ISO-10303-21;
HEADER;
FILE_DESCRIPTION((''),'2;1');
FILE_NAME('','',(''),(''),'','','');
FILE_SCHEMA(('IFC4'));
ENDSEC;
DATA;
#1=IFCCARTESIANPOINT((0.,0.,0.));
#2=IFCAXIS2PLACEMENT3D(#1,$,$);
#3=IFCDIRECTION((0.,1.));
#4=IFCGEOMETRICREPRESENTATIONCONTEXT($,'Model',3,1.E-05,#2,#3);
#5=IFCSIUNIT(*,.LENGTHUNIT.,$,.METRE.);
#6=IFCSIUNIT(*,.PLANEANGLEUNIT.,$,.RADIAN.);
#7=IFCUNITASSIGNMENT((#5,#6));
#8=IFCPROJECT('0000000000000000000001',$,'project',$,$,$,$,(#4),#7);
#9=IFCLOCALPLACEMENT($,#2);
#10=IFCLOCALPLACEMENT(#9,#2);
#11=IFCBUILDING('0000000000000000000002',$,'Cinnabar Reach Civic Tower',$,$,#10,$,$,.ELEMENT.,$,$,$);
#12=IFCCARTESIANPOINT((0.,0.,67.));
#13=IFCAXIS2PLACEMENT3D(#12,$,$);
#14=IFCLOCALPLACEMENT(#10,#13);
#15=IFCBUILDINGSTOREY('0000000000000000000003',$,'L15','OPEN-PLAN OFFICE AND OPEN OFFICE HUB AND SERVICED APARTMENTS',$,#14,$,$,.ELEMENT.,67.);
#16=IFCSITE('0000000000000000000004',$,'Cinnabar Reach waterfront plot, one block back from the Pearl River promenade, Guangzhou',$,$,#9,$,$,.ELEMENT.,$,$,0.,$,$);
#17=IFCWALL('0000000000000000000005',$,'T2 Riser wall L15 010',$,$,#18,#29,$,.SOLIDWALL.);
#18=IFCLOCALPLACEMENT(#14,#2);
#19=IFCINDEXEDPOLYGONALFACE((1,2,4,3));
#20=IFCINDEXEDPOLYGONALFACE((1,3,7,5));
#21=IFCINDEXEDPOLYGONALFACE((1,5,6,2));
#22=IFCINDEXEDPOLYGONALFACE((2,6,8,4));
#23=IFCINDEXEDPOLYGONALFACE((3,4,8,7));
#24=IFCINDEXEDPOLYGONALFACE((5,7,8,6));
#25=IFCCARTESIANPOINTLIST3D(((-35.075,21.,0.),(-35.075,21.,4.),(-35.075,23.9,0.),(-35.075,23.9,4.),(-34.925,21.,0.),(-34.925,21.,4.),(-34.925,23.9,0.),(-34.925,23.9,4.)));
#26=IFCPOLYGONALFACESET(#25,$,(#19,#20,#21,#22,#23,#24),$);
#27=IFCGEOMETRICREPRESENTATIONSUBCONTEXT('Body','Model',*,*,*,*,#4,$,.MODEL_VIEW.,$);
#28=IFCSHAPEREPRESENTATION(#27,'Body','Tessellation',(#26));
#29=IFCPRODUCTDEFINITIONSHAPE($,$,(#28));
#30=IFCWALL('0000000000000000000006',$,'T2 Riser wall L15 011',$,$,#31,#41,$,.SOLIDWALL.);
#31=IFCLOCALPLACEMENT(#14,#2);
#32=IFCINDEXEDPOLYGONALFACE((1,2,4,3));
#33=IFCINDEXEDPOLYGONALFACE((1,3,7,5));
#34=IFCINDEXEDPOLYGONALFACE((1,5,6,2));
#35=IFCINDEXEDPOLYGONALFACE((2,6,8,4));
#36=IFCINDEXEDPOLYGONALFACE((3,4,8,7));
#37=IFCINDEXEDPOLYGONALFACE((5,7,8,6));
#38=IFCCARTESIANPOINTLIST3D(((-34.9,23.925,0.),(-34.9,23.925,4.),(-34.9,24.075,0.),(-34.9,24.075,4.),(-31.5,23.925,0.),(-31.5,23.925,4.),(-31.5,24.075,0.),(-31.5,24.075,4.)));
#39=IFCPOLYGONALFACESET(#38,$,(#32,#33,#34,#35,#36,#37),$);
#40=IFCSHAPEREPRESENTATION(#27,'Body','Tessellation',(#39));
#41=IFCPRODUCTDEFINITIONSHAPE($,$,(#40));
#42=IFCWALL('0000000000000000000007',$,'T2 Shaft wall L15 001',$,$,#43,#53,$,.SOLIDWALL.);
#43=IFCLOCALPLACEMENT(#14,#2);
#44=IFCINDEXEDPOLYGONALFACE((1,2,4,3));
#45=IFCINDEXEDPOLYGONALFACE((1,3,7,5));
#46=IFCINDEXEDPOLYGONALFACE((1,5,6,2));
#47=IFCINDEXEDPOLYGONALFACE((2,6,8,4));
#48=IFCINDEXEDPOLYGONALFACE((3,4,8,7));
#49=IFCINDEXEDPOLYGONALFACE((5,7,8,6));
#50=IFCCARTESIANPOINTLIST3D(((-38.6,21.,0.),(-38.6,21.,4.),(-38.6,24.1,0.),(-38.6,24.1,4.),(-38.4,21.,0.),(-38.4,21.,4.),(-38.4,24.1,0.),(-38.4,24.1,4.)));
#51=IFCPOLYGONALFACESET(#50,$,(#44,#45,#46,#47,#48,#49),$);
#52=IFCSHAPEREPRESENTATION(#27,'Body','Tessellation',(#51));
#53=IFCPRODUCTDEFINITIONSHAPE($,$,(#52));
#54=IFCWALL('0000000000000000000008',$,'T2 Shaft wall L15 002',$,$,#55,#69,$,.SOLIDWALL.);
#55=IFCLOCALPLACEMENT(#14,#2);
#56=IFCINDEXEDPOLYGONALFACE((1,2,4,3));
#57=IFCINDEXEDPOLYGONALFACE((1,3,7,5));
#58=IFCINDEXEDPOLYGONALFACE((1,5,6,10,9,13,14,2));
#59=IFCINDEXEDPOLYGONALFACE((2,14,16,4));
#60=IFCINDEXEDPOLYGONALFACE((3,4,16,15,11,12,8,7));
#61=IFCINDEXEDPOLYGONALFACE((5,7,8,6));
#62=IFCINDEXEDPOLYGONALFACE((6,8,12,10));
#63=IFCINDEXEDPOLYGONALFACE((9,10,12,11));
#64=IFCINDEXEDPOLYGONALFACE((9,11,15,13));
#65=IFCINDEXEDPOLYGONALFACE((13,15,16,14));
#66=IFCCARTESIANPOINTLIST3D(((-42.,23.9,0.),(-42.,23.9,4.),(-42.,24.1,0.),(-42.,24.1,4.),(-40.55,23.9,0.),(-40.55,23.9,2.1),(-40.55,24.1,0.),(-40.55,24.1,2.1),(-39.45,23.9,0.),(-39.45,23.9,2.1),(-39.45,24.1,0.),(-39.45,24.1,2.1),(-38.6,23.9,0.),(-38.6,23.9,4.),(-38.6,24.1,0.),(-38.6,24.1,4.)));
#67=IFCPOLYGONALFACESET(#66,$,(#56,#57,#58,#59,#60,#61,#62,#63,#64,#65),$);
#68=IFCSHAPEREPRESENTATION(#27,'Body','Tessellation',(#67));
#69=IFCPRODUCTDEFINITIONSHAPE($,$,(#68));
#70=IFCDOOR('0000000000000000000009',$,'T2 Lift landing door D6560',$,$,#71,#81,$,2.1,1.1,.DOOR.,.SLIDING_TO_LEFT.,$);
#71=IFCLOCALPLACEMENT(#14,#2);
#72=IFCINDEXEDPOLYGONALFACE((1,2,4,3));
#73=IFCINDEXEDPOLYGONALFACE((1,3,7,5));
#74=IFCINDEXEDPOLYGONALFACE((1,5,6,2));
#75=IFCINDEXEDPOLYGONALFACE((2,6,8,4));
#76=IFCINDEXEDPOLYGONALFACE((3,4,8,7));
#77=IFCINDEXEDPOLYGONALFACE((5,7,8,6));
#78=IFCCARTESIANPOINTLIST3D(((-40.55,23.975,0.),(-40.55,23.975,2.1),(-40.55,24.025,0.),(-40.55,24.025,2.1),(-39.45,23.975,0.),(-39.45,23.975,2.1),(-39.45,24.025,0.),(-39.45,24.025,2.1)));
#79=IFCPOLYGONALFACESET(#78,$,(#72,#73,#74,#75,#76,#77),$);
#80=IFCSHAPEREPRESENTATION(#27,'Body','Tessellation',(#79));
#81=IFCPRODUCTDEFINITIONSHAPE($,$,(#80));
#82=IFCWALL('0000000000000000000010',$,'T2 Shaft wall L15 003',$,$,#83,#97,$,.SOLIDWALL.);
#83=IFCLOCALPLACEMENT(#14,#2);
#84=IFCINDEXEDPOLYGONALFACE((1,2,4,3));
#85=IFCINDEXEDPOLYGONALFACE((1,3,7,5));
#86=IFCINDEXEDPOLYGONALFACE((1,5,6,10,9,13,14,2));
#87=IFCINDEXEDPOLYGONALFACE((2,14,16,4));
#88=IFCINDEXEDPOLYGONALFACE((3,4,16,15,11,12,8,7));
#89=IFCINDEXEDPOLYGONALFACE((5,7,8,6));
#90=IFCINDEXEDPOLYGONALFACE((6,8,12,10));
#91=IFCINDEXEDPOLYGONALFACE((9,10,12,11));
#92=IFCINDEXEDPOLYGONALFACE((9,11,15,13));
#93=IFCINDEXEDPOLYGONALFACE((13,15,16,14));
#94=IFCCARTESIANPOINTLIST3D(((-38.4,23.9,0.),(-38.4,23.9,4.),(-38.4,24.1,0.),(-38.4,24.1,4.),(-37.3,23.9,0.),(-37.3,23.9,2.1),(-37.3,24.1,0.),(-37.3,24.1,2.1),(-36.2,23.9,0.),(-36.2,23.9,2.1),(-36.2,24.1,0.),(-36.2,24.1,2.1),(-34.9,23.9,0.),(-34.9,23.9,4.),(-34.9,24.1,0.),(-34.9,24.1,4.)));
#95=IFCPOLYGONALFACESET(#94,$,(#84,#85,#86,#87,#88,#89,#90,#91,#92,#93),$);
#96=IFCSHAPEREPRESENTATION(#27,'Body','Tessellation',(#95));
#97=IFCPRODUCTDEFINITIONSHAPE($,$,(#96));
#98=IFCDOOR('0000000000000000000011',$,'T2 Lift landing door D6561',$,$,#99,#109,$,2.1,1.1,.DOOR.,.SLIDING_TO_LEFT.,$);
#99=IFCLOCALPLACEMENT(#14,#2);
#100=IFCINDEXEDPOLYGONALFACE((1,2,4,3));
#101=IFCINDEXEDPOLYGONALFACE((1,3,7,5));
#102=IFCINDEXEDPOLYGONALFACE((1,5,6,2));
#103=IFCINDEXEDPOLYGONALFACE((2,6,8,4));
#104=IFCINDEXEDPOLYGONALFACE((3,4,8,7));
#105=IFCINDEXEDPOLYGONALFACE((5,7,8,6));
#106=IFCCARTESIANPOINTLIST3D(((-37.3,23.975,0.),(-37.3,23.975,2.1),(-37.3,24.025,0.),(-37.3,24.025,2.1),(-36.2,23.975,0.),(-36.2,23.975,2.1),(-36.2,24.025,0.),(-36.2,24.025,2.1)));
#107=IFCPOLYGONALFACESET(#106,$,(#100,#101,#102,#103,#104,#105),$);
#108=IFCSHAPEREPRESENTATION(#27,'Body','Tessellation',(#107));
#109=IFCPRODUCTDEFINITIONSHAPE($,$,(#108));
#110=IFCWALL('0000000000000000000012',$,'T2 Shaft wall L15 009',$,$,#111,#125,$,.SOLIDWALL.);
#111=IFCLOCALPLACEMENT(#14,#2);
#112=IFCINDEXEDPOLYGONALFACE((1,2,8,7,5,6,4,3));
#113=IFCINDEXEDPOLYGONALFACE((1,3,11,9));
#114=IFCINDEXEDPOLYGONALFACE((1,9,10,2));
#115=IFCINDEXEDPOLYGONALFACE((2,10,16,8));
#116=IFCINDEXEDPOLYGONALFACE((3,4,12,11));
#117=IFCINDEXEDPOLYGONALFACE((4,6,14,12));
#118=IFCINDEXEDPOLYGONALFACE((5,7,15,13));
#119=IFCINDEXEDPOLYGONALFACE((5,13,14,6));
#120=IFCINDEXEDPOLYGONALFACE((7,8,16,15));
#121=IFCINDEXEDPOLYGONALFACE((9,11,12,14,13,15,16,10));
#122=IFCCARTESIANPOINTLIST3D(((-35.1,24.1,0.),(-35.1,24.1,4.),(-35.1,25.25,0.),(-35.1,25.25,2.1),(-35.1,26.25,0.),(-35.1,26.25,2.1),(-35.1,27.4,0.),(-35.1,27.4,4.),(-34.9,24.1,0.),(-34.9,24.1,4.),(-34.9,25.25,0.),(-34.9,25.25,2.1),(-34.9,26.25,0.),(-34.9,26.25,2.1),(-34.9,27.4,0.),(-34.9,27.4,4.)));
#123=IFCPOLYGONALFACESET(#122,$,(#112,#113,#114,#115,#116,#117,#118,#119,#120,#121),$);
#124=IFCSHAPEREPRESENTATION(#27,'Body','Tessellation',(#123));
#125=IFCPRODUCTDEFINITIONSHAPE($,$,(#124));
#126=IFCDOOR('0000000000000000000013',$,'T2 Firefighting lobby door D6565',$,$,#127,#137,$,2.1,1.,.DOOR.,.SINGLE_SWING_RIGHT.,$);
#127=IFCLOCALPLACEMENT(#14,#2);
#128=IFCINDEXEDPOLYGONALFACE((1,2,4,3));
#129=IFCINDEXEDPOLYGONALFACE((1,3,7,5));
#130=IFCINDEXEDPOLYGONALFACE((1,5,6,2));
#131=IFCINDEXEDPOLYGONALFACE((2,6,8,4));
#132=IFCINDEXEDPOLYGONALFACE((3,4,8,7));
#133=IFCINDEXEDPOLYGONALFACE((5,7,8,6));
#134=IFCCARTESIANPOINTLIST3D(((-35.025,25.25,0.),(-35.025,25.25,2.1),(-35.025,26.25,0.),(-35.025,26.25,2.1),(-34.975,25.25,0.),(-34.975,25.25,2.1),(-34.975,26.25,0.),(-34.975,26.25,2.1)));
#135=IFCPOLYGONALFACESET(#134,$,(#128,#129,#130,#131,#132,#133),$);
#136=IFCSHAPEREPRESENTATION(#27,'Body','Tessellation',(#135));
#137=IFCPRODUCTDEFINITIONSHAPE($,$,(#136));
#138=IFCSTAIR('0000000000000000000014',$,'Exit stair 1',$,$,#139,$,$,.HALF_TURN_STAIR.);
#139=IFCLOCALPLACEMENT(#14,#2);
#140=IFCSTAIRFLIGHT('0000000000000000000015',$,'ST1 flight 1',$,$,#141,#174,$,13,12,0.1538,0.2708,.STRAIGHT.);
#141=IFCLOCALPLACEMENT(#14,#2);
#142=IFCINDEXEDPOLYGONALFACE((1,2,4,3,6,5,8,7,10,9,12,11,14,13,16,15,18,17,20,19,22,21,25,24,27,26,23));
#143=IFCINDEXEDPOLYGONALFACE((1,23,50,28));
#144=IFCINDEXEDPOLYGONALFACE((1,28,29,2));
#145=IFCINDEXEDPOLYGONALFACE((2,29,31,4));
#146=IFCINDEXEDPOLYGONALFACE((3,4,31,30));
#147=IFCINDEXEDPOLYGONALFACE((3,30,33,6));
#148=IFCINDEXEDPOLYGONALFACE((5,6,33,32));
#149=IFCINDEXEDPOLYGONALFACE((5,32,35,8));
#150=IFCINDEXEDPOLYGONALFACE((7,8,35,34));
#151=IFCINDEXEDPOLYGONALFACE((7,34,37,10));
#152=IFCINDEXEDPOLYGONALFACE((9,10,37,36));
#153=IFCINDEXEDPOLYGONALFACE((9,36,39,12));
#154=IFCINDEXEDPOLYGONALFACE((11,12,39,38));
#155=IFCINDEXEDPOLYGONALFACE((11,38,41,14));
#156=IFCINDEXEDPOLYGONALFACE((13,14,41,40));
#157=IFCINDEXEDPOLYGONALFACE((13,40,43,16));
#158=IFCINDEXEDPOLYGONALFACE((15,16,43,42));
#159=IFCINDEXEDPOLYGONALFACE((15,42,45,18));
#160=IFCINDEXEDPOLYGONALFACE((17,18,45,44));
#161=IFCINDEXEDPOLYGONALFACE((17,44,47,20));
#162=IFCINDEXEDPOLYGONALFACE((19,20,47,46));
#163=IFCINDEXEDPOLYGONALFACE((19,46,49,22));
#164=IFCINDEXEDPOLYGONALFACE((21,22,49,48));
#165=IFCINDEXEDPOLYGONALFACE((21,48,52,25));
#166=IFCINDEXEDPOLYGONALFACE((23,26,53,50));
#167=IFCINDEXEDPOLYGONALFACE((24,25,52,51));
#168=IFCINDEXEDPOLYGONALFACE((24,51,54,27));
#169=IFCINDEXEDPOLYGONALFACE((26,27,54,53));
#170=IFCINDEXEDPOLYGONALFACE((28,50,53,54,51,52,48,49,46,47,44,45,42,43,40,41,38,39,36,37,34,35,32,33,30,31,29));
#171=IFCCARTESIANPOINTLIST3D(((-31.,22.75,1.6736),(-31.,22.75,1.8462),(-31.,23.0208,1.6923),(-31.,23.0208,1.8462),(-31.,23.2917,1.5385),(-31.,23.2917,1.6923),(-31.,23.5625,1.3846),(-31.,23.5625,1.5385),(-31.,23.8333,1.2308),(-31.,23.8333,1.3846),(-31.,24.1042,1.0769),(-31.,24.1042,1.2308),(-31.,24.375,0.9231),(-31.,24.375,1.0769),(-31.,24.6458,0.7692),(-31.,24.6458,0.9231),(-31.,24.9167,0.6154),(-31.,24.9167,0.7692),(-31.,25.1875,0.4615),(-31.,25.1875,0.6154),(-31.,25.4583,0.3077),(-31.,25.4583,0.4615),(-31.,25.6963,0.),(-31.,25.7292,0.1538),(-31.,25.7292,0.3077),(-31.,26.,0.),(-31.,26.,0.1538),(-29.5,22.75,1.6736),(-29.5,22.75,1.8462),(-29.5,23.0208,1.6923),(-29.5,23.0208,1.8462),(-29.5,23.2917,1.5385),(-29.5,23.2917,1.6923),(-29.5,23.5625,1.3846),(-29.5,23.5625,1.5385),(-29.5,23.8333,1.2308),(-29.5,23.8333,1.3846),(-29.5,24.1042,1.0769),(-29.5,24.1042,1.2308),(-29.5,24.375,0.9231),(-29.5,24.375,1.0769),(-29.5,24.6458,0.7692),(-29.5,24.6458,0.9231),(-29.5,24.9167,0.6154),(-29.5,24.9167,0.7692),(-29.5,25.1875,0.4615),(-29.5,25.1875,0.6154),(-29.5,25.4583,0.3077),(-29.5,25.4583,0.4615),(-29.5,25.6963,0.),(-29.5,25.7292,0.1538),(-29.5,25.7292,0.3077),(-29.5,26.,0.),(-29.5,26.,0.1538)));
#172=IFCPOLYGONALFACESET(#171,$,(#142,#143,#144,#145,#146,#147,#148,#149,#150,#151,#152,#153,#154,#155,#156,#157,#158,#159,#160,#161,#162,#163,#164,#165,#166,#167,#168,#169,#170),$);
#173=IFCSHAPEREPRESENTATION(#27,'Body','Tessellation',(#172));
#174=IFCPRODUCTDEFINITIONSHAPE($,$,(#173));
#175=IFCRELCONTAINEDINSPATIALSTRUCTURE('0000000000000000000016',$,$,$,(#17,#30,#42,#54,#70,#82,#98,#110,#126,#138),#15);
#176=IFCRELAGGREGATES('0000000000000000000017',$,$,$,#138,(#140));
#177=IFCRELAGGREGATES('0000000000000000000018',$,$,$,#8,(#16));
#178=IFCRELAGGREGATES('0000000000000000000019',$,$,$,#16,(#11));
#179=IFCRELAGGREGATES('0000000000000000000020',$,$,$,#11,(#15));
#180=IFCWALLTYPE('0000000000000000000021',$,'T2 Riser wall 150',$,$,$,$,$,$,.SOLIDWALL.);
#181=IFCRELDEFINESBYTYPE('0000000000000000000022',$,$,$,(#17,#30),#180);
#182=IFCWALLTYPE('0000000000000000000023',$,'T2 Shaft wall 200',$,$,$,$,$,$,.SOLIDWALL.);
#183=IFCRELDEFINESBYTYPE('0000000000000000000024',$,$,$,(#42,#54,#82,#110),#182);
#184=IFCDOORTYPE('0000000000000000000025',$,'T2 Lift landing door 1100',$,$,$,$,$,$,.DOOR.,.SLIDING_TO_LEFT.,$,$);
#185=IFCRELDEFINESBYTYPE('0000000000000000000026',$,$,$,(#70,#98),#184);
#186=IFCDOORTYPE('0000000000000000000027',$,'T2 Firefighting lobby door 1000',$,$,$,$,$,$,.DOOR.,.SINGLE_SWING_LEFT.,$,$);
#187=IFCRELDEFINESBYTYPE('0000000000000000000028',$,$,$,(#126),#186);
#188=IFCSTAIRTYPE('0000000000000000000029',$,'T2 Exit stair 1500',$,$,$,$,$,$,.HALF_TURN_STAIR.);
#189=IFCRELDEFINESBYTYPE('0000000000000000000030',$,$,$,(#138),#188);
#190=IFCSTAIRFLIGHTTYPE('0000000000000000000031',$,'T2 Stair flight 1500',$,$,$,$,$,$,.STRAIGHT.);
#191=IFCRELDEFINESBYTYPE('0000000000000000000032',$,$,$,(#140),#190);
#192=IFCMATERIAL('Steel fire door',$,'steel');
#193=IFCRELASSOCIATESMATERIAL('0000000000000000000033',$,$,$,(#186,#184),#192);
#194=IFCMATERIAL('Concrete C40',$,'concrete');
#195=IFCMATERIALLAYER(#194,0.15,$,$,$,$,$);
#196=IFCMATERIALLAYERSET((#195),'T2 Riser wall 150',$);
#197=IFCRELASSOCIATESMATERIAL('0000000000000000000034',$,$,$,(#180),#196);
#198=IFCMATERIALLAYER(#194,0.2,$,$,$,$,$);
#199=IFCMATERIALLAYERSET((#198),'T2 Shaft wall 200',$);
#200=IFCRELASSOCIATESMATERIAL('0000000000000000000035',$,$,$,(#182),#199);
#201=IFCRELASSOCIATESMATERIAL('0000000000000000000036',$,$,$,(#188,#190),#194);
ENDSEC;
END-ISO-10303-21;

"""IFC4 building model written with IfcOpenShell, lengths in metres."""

from ifc_helpers import new_model, si_unit, direction, frame, frame_2d, origin, place, context, subcontext, project, spatial, polyline, rectangle, outline, extrude, material, layer, layer_set, type_object, element, fill, aggregate, save


model = new_model("IFC4")

# Units and contexts
model_context = context("Model", 3, precision=1e-05, world=origin(), true_north=direction((0.0, 1.0)))
body_context = subcontext(model_context, "Body", "Model", "MODEL_VIEW")
ifc_project = project(units=[si_unit("LENGTHUNIT", "METRE"), si_unit("PLANEANGLEUNIT", "RADIAN")], contexts=[model_context])

# Site, building, storey
site_placement = place(None, origin())
site = spatial("IfcSite", under=ifc_project, at=site_placement, Name="Cinnabar Reach waterfront plot, one block back from the Pearl River promenade, Guangzhou", CompositionType="ELEMENT", RefElevation=0.0)
building_placement = place(site_placement, origin())
building = spatial("IfcBuilding", under=site, at=building_placement, Name="Cinnabar Reach Civic Tower", CompositionType="ELEMENT")
storey_placement = place(building_placement, frame((0.0, 0.0, 67.0)))
storey = spatial("IfcBuildingStorey", under=building, at=storey_placement, Name="L15", Description="OPEN-PLAN OFFICE AND OPEN OFFICE HUB AND SERVICED APARTMENTS", CompositionType="ELEMENT", Elevation=67.0)

# Shared definitions
ifc_material_1 = material(Name="Steel fire door", Category="steel")
door_type_1 = type_object("IfcDoorType", Name="T2 Firefighting lobby door 1000", OperationType="SINGLE_SWING_LEFT", PredefinedType="DOOR", material=ifc_material_1)

# Walls
ifc_material_2 = material(Name="Concrete C40", Category="concrete")
ifc_layer_1 = layer(ifc_material_2, 0.15)
ifc_layer_set_1 = layer_set([ifc_layer_1], Name="T2 Riser wall 150")
wall_type_1 = type_object("IfcWallType", Name="T2 Riser wall 150", PredefinedType="SOLIDWALL", material=ifc_layer_set_1)
wall_1_placement = place(storey_placement, frame((-35.0, 21.0, 0.0), z_axis=(0.0, 0.0, 1.0), x_axis=(0.0, 1.0, 0.0)))
element("IfcWall", 1, at=wall_1_placement, inside=storey, type_object=wall_type_1, Name="T2 Riser wall L15 010", PredefinedType="SOLIDWALL", context=body_context, shape_type="SweptSolid", body=[
    extrude(rectangle(XDim=2.9, YDim=0.15, at=frame_2d((1.45, 0.0))), origin(), (0.0, 0.0, 1.0), 4.0),
])
wall_2_placement = place(storey_placement, frame((-31.5, 24.0, 0.0), z_axis=(0.0, 0.0, 1.0), x_axis=(-1.0, 0.0, 0.0)))
element("IfcWall", 2, at=wall_2_placement, inside=storey, type_object=wall_type_1, Name="T2 Riser wall L15 011", PredefinedType="SOLIDWALL", context=body_context, shape_type="SweptSolid", body=[
    extrude(rectangle(XDim=3.4, YDim=0.15, at=frame_2d((1.7, 0.0))), origin(), (0.0, 0.0, 1.0), 4.0),
])
ifc_layer_2 = layer(ifc_material_2, 0.2)
ifc_layer_set_2 = layer_set([ifc_layer_2], Name="T2 Shaft wall 200")
wall_type_2 = type_object("IfcWallType", Name="T2 Shaft wall 200", PredefinedType="SOLIDWALL", material=ifc_layer_set_2)
wall_3_placement = place(storey_placement, frame((-38.5, 21.0, 0.0), z_axis=(0.0, 0.0, 1.0), x_axis=(0.0, 1.0, 0.0)))
element("IfcWall", 3, at=wall_3_placement, inside=storey, type_object=wall_type_2, Name="T2 Shaft wall L15 001", PredefinedType="SOLIDWALL", context=body_context, shape_type="SweptSolid", body=[
    extrude(rectangle(XDim=3.1, YDim=0.2, at=frame_2d((1.55, 0.0))), origin(), (0.0, 0.0, 1.0), 4.0),
])

# Walls, openings, doors
wall_4_placement = place(storey_placement, frame((-38.6, 24.0, 0.0), z_axis=(0.0, 0.0, 1.0), x_axis=(-1.0, 0.0, 0.0)))
wall_4 = element("IfcWall", 4, at=wall_4_placement, inside=storey, type_object=wall_type_2, Name="T2 Shaft wall L15 002", PredefinedType="SOLIDWALL", context=body_context, shape_type="SweptSolid", body=[
    extrude(rectangle(XDim=3.4, YDim=0.2, at=frame_2d((1.7, 0.0))), origin(), (0.0, 0.0, 1.0), 4.0),
])
opening_1_placement = place(wall_4_placement, frame((0.85, 0.0, 0.0)))
opening_1 = element("IfcOpeningElement", 5, at=opening_1_placement, cuts=wall_4, PredefinedType="OPENING", context=body_context, shape_type="SweptSolid", body=[
    extrude(rectangle(XDim=1.1, YDim=2.1, at=frame_2d((0.55, 1.05))), frame((0.0, 0.11, 0.0), z_axis=(0.0, -1.0, 0.0), x_axis=(1.0, 0.0, 0.0)), (0.0, 0.0, 1.0), 0.22),
])
door_type_2 = type_object("IfcDoorType", Name="T2 Lift landing door 1100", OperationType="SLIDING_TO_LEFT", PredefinedType="DOOR", material=ifc_material_1)
door_1_placement = place(opening_1_placement, origin())
door_1 = element("IfcDoor", 6, at=door_1_placement, inside=storey, type_object=door_type_2, Name="T2 Lift landing door D6560", OperationType="SLIDING_TO_LEFT", OverallHeight=2.1, OverallWidth=1.1, PredefinedType="DOOR", context=body_context, shape_type="SweptSolid", body=[
    extrude(rectangle(XDim=1.1, YDim=2.1, at=frame_2d((0.55, 1.05))), frame((0.0, 0.025, 0.0), z_axis=(0.0, -1.0, 0.0), x_axis=(1.0, 0.0, 0.0)), (0.0, 0.0, 1.0), 0.05),
])
fill(opening_1, door_1)
wall_5_placement = place(storey_placement, frame((-34.9, 24.0, 0.0), z_axis=(0.0, 0.0, 1.0), x_axis=(-1.0, 0.0, 0.0)))
wall_5 = element("IfcWall", 7, at=wall_5_placement, inside=storey, type_object=wall_type_2, Name="T2 Shaft wall L15 003", PredefinedType="SOLIDWALL", context=body_context, shape_type="SweptSolid", body=[
    extrude(rectangle(XDim=3.5, YDim=0.2, at=frame_2d((1.75, 0.0))), origin(), (0.0, 0.0, 1.0), 4.0),
])
opening_2_placement = place(wall_5_placement, frame((1.3, 0.0, 0.0)))
opening_2 = element("IfcOpeningElement", 8, at=opening_2_placement, cuts=wall_5, PredefinedType="OPENING", context=body_context, shape_type="SweptSolid", body=[
    extrude(rectangle(XDim=1.1, YDim=2.1, at=frame_2d((0.55, 1.05))), frame((0.0, 0.11, 0.0), z_axis=(0.0, -1.0, 0.0), x_axis=(1.0, 0.0, 0.0)), (0.0, 0.0, 1.0), 0.22),
])
door_2_placement = place(opening_2_placement, origin())
door_2 = element("IfcDoor", 9, at=door_2_placement, inside=storey, type_object=door_type_2, Name="T2 Lift landing door D6561", OperationType="SLIDING_TO_LEFT", OverallHeight=2.1, OverallWidth=1.1, PredefinedType="DOOR", context=body_context, shape_type="SweptSolid", body=[
    extrude(rectangle(XDim=1.1, YDim=2.1, at=frame_2d((0.55, 1.05))), frame((0.0, 0.025, 0.0), z_axis=(0.0, -1.0, 0.0), x_axis=(1.0, 0.0, 0.0)), (0.0, 0.0, 1.0), 0.05),
])
fill(opening_2, door_2)
wall_6_placement = place(storey_placement, frame((-35.0, 24.1, 0.0), z_axis=(0.0, 0.0, 1.0), x_axis=(0.0, 1.0, 0.0)))
wall_6 = element("IfcWall", 10, at=wall_6_placement, inside=storey, type_object=wall_type_2, Name="T2 Shaft wall L15 009", PredefinedType="SOLIDWALL", context=body_context, shape_type="SweptSolid", body=[
    extrude(rectangle(XDim=3.3, YDim=0.2, at=frame_2d((1.65, 0.0))), origin(), (0.0, 0.0, 1.0), 4.0),
])
opening_3_placement = place(wall_6_placement, frame((1.15, 0.0, 0.0)))
opening_3 = element("IfcOpeningElement", 11, at=opening_3_placement, cuts=wall_6, PredefinedType="OPENING", context=body_context, shape_type="SweptSolid", body=[
    extrude(rectangle(XDim=1.0, YDim=2.1, at=frame_2d((0.5, 1.05))), frame((0.0, 0.11, 0.0), z_axis=(0.0, -1.0, 0.0), x_axis=(1.0, 0.0, 0.0)), (0.0, 0.0, 1.0), 0.22),
])
door_3_placement = place(opening_3_placement, origin())
door_3 = element("IfcDoor", 12, at=door_3_placement, inside=storey, type_object=door_type_1, Name="T2 Firefighting lobby door D6565", OperationType="SINGLE_SWING_RIGHT", OverallHeight=2.1, OverallWidth=1.0, PredefinedType="DOOR", context=body_context, shape_type="SweptSolid", body=[
    extrude(rectangle(XDim=1.0, YDim=2.1, at=frame_2d((0.5, 1.05))), frame((0.0, 0.025, 0.0), z_axis=(0.0, -1.0, 0.0), x_axis=(1.0, 0.0, 0.0)), (0.0, 0.0, 1.0), 0.05),
])
fill(opening_3, door_3)

# Stair, stair flight
stair_type = type_object("IfcStairType", Name="T2 Exit stair 1500", PredefinedType="HALF_TURN_STAIR", material=ifc_material_2)
stair_placement = place(storey_placement, origin())
stair = element("IfcStair", 13, at=stair_placement, inside=storey, type_object=stair_type, Name="Exit stair 1", PredefinedType="HALF_TURN_STAIR")
stair_flight_type = type_object("IfcStairFlightType", Name="T2 Stair flight 1500", PredefinedType="STRAIGHT", material=ifc_material_2)
stair_flight_1_placement = place(storey_placement, frame((-30.25, 26.0, 0.0), z_axis=(0.0, 0.0, 1.0), x_axis=(0.0, -1.0, 0.0)))
stair_flight_1 = element("IfcStairFlight", 14, at=stair_flight_1_placement, type_object=stair_flight_type, Name="ST1 flight 1", NumberOfRisers=13, NumberOfTreads=12, PredefinedType="STRAIGHT", RiserHeight=0.1538, TreadLength=0.2708, context=body_context, shape_type="SweptSolid", body=[
    extrude(outline(polyline([(0.0, 0.0), (0.0, 0.1538), (0.2708, 0.1538), (0.2708, 0.3077), (0.5417, 0.3077), (0.5417, 0.4615), (0.8125, 0.4615), (0.8125, 0.6154), (1.0833, 0.6154), (1.0833, 0.7692), (1.3542, 0.7692), (1.3542, 0.9231), (1.625, 0.9231), (1.625, 1.0769), (1.8958, 1.0769), (1.8958, 1.2308), (2.1667, 1.2308), (2.1667, 1.3846), (2.4375, 1.3846), (2.4375, 1.5385), (2.7083, 1.5385), (2.7083, 1.6923), (2.9792, 1.6923), (2.9792, 1.8462), (3.25, 1.8462), (3.25, 2.0), (3.25, 1.6736), (0.3037, 0.0), (0.0, 0.0)])), frame((0.0, 0.75, 0.0), z_axis=(0.0, -1.0, 0.0), x_axis=(1.0, 0.0, 0.0)), (0.0, 0.0, 1.0), 1.5),
])
aggregate(stair, [stair_flight_1])

save(model, "model.ifc")
